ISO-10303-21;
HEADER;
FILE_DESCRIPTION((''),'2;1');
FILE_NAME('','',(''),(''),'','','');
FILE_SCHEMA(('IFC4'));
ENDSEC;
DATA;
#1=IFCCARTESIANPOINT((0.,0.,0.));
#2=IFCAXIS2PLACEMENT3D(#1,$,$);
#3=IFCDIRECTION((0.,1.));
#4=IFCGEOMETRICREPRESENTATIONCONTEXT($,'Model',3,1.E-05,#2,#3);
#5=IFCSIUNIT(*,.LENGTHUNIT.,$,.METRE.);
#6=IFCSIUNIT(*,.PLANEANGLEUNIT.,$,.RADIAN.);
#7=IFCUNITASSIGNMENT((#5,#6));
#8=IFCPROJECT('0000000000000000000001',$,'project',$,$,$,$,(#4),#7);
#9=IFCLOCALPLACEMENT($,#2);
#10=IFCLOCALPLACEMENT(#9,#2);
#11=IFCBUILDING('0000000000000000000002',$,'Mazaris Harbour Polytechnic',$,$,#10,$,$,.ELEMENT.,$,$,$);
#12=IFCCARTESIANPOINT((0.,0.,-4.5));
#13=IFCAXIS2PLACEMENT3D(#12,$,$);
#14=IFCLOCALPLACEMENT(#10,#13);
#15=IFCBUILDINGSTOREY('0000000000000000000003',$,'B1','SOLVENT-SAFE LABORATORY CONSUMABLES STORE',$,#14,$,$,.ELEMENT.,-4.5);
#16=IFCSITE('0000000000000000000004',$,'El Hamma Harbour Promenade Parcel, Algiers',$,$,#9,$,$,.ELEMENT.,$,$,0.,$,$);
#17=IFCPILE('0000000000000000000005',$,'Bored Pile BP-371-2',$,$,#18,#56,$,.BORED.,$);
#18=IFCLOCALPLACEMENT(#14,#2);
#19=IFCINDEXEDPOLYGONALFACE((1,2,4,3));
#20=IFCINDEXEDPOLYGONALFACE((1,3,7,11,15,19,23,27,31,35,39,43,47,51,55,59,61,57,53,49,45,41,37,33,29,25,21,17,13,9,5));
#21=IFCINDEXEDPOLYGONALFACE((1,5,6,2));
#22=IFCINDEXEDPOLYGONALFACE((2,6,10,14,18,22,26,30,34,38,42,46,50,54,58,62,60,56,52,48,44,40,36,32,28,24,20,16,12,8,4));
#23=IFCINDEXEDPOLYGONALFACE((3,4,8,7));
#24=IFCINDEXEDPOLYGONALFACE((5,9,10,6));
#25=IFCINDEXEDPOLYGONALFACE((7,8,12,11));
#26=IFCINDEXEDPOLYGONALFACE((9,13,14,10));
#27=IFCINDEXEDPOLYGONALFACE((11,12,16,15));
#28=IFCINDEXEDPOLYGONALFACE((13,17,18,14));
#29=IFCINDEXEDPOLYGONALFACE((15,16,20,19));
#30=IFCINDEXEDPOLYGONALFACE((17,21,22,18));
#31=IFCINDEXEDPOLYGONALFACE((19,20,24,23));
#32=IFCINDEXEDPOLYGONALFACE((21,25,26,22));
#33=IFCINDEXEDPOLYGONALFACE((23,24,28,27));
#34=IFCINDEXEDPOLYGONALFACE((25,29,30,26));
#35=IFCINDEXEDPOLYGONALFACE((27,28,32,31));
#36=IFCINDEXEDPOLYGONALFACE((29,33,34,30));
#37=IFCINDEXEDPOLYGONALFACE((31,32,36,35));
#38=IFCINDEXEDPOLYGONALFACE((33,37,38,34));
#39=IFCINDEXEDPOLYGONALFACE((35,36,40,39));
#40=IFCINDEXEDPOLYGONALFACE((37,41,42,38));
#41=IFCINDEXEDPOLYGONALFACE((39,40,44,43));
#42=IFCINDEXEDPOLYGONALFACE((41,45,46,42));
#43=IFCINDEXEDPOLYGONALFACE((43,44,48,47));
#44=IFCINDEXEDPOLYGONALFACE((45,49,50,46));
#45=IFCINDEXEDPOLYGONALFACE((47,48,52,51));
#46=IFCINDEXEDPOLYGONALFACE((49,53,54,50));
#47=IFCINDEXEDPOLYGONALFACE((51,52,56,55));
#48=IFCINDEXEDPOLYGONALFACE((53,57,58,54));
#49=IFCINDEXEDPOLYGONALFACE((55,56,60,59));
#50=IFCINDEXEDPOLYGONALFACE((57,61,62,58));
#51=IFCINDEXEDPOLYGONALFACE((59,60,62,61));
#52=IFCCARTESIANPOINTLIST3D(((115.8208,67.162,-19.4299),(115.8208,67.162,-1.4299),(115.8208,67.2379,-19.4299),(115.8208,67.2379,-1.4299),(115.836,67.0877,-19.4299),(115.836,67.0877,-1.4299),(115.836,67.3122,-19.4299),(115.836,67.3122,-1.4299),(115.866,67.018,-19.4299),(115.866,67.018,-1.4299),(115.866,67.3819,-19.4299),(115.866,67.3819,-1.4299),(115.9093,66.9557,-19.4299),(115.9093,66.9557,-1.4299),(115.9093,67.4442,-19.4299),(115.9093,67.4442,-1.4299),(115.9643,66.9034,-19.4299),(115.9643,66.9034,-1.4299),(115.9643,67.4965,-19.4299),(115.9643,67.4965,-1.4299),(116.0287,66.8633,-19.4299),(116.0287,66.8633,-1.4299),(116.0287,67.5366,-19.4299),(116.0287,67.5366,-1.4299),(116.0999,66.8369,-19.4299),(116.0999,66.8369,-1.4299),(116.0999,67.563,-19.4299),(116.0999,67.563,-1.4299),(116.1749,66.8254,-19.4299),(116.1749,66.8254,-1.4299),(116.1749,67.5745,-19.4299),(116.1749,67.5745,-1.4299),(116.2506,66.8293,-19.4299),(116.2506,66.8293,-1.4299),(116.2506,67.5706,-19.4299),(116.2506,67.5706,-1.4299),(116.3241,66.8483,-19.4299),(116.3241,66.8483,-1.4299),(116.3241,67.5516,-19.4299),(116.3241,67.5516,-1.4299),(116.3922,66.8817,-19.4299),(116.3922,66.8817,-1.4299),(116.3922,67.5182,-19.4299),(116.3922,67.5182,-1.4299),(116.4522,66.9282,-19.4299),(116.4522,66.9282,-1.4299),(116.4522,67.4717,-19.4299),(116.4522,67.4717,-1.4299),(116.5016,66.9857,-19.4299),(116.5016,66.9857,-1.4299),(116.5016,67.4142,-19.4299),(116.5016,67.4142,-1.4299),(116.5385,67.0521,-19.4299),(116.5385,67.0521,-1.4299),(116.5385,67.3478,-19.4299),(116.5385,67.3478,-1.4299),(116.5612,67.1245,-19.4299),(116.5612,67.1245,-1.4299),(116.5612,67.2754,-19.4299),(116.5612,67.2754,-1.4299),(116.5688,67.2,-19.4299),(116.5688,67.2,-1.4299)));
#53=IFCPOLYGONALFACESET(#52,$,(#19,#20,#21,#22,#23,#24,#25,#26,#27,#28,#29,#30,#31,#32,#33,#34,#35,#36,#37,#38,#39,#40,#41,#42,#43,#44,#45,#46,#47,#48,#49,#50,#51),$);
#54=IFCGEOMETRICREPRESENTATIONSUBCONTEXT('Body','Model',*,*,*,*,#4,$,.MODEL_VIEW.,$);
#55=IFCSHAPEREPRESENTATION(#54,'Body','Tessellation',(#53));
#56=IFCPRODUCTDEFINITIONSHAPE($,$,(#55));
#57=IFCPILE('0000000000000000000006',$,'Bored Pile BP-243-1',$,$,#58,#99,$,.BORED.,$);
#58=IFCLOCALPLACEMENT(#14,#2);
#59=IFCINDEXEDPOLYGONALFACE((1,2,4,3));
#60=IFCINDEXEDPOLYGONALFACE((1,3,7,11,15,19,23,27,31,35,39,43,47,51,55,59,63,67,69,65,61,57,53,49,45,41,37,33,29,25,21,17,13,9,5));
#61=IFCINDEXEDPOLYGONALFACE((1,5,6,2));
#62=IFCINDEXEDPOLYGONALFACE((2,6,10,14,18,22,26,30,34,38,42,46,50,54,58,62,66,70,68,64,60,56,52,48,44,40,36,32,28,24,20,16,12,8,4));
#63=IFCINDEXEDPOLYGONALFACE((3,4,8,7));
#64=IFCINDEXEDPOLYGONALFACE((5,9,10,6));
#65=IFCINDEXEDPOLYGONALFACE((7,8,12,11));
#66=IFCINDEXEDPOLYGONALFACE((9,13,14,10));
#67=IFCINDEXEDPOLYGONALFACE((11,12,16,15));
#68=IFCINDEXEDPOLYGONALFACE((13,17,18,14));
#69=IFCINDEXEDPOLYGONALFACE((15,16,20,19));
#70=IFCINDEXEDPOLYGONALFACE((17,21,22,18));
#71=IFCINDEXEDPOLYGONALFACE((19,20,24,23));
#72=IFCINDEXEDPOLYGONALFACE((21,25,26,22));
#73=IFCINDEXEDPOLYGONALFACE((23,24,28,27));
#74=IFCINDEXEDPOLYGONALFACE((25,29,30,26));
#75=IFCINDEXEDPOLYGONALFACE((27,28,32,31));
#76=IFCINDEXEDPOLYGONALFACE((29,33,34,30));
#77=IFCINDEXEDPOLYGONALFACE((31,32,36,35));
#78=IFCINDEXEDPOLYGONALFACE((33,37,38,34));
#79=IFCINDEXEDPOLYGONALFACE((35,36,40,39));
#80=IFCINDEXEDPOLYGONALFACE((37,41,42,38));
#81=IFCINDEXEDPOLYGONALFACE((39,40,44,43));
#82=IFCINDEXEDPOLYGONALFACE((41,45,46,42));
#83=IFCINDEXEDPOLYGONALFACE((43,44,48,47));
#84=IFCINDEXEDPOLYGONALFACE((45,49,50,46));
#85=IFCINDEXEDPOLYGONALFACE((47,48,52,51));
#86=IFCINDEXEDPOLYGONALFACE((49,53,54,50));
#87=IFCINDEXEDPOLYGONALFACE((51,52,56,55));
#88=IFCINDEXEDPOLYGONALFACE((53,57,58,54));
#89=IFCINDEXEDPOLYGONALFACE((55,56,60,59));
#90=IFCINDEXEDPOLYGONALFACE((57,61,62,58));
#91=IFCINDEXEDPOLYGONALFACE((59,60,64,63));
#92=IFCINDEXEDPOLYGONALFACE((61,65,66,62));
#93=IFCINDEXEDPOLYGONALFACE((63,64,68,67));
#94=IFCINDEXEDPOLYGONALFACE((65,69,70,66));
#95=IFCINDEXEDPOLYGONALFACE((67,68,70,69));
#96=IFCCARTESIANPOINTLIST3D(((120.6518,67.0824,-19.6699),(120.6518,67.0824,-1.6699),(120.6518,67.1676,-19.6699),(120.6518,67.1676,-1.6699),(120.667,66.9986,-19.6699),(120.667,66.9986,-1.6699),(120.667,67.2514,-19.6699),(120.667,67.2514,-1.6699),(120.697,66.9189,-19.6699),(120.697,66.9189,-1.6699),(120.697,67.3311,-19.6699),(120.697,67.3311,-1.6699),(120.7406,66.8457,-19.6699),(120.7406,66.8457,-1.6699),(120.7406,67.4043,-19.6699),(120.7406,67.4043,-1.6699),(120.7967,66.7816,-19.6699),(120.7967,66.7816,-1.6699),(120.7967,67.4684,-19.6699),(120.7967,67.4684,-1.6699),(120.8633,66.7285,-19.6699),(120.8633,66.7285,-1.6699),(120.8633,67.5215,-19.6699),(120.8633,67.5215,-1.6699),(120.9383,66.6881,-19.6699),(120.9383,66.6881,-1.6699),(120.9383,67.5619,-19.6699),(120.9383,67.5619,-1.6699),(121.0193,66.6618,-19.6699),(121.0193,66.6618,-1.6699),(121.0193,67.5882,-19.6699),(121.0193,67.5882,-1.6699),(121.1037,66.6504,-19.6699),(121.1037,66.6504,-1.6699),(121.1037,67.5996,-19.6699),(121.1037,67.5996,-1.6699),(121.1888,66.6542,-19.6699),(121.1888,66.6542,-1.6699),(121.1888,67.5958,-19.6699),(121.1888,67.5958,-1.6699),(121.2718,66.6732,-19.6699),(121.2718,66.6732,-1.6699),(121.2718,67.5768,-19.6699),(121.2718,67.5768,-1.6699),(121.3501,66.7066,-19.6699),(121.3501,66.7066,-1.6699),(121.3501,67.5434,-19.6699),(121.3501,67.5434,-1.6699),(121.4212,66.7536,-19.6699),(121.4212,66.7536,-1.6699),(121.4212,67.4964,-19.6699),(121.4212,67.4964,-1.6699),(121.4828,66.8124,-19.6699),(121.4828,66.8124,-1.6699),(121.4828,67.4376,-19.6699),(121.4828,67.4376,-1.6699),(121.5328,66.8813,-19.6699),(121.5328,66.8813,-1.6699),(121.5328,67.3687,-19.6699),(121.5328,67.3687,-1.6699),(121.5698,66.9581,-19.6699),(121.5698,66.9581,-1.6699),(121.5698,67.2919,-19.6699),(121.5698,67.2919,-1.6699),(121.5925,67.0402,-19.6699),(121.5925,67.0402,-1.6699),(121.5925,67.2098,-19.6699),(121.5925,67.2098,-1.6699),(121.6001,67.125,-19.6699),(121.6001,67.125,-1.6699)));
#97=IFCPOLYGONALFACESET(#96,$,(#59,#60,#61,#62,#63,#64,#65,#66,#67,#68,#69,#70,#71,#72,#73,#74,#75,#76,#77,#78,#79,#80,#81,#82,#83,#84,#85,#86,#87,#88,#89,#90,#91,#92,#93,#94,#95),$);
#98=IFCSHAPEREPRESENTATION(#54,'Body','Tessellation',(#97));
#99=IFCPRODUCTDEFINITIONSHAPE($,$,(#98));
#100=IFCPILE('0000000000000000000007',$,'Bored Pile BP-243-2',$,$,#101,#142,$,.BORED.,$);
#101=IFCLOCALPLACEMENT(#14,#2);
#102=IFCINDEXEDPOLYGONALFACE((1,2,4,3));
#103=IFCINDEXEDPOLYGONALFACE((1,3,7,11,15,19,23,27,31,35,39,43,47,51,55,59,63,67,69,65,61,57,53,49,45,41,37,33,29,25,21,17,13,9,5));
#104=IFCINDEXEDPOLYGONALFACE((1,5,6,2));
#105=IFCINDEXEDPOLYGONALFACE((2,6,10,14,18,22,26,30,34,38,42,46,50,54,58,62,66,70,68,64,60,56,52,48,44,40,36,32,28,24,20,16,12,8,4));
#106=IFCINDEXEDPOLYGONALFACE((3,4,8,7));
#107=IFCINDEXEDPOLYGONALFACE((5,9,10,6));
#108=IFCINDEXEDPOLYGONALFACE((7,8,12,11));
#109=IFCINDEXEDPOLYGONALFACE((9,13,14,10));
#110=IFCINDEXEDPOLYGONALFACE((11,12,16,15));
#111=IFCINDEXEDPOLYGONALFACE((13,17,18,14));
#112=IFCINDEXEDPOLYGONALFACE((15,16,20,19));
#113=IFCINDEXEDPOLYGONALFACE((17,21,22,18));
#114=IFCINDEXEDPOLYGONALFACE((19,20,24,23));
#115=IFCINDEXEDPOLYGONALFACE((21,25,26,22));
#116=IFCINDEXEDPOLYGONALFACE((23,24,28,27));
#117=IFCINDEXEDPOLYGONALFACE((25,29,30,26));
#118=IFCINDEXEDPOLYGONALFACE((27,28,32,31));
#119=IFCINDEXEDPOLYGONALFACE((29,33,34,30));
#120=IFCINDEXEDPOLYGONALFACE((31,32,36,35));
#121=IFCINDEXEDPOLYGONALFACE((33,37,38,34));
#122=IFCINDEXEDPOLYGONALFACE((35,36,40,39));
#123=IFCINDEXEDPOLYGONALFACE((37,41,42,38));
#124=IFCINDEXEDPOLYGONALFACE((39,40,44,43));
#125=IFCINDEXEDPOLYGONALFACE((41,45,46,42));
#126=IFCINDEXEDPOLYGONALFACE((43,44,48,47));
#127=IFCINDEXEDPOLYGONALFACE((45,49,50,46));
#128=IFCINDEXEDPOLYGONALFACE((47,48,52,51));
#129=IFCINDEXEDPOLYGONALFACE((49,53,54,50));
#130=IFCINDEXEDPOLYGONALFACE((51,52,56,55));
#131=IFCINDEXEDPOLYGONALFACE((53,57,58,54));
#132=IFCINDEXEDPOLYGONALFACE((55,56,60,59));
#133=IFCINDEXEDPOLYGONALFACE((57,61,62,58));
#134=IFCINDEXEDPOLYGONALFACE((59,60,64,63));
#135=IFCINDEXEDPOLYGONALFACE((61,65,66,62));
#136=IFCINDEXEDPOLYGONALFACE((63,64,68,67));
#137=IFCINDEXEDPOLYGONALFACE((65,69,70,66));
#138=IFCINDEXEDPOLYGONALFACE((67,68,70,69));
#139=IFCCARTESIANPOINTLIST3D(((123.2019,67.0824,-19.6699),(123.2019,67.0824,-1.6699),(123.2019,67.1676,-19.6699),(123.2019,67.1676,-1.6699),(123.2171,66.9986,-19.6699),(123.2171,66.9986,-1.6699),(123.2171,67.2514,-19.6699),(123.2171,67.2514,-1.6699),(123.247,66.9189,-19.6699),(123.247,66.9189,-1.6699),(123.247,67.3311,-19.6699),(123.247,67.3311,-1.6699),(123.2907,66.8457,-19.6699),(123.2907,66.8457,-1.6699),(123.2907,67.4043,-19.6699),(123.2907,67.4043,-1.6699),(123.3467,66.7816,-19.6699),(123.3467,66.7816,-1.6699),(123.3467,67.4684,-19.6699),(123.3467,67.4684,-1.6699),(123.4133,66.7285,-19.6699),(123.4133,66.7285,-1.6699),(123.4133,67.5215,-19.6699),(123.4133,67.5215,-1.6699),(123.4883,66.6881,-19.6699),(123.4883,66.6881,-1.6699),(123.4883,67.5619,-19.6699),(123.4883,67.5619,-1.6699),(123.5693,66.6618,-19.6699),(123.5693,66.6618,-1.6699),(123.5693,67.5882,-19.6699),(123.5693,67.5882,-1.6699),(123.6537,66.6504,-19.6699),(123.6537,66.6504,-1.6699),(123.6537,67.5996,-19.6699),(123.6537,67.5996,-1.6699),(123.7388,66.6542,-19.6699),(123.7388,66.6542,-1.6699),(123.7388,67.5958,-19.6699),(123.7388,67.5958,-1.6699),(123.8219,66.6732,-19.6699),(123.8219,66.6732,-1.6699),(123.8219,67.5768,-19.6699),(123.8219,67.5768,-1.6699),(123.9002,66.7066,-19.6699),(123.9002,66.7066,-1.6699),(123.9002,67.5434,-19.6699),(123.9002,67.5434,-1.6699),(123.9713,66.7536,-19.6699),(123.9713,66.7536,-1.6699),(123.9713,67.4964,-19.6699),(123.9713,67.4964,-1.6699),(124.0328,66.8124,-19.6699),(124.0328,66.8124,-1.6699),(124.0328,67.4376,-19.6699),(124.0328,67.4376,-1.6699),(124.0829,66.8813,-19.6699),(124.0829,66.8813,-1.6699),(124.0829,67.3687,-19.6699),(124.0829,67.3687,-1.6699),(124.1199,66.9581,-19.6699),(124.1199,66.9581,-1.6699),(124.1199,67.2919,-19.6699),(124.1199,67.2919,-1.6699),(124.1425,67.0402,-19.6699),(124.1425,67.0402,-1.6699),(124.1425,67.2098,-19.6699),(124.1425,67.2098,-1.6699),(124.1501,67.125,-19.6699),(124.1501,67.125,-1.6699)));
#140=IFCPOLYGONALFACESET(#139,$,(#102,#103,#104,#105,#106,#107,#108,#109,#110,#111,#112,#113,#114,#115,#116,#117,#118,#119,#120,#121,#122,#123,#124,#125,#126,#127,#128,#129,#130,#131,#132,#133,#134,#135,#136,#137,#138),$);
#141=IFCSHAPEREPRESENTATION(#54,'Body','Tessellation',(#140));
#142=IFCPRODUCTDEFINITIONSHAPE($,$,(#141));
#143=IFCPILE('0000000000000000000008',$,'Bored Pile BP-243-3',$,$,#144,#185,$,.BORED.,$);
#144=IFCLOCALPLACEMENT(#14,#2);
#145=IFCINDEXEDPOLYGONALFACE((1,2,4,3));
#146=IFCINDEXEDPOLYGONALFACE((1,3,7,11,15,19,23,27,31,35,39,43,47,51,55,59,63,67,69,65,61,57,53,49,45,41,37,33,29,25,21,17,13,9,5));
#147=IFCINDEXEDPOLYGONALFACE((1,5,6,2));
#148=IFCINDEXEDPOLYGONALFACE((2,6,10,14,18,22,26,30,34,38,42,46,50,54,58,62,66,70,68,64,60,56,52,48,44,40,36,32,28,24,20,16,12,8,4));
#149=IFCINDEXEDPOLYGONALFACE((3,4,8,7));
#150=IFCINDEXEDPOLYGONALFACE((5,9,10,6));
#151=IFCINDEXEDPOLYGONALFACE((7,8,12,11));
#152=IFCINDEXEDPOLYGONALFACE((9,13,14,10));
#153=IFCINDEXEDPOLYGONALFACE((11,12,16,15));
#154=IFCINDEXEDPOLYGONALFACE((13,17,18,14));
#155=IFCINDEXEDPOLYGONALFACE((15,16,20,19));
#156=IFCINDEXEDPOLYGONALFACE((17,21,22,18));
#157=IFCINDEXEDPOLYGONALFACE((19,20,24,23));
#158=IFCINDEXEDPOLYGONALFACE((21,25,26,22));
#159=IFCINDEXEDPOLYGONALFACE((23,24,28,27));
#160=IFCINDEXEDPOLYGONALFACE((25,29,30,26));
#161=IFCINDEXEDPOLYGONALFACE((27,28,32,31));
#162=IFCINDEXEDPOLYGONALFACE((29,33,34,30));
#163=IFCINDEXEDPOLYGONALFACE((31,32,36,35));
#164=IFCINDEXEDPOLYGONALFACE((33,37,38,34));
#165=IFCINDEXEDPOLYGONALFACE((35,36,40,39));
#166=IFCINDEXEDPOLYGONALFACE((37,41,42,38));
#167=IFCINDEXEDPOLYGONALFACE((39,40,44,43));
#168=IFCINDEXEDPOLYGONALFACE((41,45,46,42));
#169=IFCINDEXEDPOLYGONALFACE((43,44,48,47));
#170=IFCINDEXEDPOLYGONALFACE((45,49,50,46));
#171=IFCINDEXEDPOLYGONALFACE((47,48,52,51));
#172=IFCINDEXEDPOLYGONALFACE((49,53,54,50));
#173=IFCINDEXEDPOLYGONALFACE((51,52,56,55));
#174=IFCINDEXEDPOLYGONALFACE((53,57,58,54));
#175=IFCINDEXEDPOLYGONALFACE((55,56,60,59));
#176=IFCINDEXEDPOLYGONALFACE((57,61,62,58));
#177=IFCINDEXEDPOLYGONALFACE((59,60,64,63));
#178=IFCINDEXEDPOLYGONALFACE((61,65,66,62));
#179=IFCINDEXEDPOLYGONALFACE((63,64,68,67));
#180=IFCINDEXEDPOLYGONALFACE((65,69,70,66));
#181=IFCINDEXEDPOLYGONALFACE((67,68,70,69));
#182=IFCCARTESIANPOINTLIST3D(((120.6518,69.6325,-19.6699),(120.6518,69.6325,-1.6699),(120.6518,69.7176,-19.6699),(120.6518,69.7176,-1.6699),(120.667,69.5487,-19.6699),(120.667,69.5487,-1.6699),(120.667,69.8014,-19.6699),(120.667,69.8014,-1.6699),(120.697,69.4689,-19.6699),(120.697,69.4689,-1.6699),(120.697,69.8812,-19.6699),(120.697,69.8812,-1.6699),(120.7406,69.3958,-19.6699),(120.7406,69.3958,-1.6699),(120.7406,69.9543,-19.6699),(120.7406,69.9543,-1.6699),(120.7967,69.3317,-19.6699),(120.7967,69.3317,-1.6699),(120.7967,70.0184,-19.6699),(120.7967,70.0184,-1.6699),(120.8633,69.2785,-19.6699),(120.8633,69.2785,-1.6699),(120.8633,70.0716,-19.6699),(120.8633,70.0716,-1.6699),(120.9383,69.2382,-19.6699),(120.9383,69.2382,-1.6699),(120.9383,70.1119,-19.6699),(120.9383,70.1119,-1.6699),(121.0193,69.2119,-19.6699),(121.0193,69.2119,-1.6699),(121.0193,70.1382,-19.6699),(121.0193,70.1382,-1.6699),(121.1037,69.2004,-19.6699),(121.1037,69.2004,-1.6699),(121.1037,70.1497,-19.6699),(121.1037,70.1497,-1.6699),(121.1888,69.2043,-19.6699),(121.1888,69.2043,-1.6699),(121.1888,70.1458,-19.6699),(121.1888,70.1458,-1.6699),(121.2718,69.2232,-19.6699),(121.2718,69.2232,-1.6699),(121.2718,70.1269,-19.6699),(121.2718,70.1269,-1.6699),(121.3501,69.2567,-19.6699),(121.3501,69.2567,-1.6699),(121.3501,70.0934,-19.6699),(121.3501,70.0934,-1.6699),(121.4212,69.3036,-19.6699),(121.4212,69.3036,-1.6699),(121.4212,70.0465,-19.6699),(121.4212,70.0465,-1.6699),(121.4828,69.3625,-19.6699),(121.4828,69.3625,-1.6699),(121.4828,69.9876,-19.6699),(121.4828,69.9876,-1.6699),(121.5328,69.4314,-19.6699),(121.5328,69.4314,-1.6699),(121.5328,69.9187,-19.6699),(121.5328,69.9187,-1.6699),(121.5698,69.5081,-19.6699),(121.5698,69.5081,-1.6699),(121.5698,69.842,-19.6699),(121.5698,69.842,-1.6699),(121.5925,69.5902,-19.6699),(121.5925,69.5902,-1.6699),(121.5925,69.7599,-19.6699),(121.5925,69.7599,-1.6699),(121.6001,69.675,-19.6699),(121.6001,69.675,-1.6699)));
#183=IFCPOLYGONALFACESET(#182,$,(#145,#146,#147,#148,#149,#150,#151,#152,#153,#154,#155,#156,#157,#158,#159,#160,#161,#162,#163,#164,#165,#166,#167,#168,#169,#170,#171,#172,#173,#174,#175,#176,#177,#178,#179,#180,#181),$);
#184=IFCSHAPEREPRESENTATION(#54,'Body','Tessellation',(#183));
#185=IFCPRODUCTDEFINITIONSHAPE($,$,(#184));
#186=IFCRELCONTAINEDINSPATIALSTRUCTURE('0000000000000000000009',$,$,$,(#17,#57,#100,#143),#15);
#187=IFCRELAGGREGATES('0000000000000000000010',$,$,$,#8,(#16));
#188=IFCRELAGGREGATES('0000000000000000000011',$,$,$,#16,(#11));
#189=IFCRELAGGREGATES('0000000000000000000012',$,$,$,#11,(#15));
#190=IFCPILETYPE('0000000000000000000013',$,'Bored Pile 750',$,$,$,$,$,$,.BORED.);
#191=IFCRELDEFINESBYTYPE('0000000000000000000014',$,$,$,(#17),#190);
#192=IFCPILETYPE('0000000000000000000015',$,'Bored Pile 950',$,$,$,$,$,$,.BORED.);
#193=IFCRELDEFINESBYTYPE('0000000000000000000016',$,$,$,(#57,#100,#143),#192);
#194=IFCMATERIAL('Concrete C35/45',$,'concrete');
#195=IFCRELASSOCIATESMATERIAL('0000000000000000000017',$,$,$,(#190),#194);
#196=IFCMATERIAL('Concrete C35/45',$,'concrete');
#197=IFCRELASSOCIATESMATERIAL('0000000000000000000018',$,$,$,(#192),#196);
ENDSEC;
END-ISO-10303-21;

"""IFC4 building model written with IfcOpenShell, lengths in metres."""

from ifc_helpers import new_model, si_unit, direction, frame, origin, origin_2d, place, context, subcontext, project, spatial, circle, extrude, material, material_profile, profile_set, type_object, element, save


model = new_model("IFC4")

# Units and contexts
model_context = context("Model", 3, precision=1e-05, world=origin(), true_north=direction((0.0, 1.0)))
body_context = subcontext(model_context, "Body", "Model", "MODEL_VIEW")
ifc_project = project(units=[si_unit("LENGTHUNIT", "METRE"), si_unit("PLANEANGLEUNIT", "RADIAN")], contexts=[model_context])

# Site, building, storey
site_placement = place(None, origin())
site = spatial("IfcSite", under=ifc_project, at=site_placement, Name="El Hamma Harbour Promenade Parcel, Algiers", CompositionType="ELEMENT", RefElevation=0.0)
building_placement = place(site_placement, origin())
building = spatial("IfcBuilding", under=site, at=building_placement, Name="Mazaris Harbour Polytechnic", CompositionType="ELEMENT")
storey_placement = place(building_placement, frame((0.0, 0.0, -4.5)))
storey = spatial("IfcBuildingStorey", under=building, at=storey_placement, Name="B1", Description="SOLVENT-SAFE LABORATORY CONSUMABLES STORE", CompositionType="ELEMENT", Elevation=-4.5)

# Piles
ifc_material_1 = material(Name="Concrete C35/45", Category="concrete")
ifc_material_profile_1 = material_profile(ifc_material_1, circle(Radius=0.375, at=origin_2d()), Name="DIA750")
ifc_profile_set_1 = profile_set([ifc_material_profile_1], Name="Concrete C35/45")
pile_type_1 = type_object("IfcPileType", Name="Bored Pile 750", PredefinedType="BORED", material=ifc_profile_set_1)
pile_placement = place(storey_placement, frame((116.1938, 67.2, -1.4299), z_axis=(0.0, 0.0, -1.0), x_axis=(1.0, 0.0, 0.0)))
element("IfcPile", 1, at=pile_placement, inside=storey, type_object=pile_type_1, Name="Bored Pile BP-371-2", PredefinedType="BORED", context=body_context, shape_type="SweptSolid", body=[
    extrude(circle(Radius=0.375, at=origin_2d()), origin(), (0.0, 0.0, 1.0), 18.0),
])
ifc_material_2 = material(Name="Concrete C35/45", Category="concrete")
ifc_material_profile_2 = material_profile(ifc_material_2, circle(Radius=0.4751, at=origin_2d()), Name="DIA950")
ifc_profile_set_2 = profile_set([ifc_material_profile_2], Name="Concrete C35/45")
pile_type_2 = type_object("IfcPileType", Name="Bored Pile 950", PredefinedType="BORED", material=ifc_profile_set_2)
for number, where, z_axis, x_axis, name in (
    (2, (121.125, 67.125, -1.6699), (0.0, 0.0, -1.0), (1.0, 0.0, 0.0), "Bored Pile BP-243-1"),
    (3, (123.675, 67.125, -1.6699), (0.0, 0.0, -1.0), (1.0, 0.0, 0.0), "Bored Pile BP-243-2"),
    (4, (121.125, 69.675, -1.6699), (0.0, 0.0, -1.0), (1.0, 0.0, 0.0), "Bored Pile BP-243-3"),
):
    element("IfcPile", number, at=place(storey_placement, frame(where, z_axis=z_axis, x_axis=x_axis)), inside=storey, type_object=pile_type_2, Name=name, PredefinedType="BORED", context=body_context, shape_type="SweptSolid", body=[
        extrude(circle(Radius=0.4751, at=origin_2d()), origin(), (0.0, 0.0, 1.0), 18.0),
    ])

save(model, "model.ifc")
